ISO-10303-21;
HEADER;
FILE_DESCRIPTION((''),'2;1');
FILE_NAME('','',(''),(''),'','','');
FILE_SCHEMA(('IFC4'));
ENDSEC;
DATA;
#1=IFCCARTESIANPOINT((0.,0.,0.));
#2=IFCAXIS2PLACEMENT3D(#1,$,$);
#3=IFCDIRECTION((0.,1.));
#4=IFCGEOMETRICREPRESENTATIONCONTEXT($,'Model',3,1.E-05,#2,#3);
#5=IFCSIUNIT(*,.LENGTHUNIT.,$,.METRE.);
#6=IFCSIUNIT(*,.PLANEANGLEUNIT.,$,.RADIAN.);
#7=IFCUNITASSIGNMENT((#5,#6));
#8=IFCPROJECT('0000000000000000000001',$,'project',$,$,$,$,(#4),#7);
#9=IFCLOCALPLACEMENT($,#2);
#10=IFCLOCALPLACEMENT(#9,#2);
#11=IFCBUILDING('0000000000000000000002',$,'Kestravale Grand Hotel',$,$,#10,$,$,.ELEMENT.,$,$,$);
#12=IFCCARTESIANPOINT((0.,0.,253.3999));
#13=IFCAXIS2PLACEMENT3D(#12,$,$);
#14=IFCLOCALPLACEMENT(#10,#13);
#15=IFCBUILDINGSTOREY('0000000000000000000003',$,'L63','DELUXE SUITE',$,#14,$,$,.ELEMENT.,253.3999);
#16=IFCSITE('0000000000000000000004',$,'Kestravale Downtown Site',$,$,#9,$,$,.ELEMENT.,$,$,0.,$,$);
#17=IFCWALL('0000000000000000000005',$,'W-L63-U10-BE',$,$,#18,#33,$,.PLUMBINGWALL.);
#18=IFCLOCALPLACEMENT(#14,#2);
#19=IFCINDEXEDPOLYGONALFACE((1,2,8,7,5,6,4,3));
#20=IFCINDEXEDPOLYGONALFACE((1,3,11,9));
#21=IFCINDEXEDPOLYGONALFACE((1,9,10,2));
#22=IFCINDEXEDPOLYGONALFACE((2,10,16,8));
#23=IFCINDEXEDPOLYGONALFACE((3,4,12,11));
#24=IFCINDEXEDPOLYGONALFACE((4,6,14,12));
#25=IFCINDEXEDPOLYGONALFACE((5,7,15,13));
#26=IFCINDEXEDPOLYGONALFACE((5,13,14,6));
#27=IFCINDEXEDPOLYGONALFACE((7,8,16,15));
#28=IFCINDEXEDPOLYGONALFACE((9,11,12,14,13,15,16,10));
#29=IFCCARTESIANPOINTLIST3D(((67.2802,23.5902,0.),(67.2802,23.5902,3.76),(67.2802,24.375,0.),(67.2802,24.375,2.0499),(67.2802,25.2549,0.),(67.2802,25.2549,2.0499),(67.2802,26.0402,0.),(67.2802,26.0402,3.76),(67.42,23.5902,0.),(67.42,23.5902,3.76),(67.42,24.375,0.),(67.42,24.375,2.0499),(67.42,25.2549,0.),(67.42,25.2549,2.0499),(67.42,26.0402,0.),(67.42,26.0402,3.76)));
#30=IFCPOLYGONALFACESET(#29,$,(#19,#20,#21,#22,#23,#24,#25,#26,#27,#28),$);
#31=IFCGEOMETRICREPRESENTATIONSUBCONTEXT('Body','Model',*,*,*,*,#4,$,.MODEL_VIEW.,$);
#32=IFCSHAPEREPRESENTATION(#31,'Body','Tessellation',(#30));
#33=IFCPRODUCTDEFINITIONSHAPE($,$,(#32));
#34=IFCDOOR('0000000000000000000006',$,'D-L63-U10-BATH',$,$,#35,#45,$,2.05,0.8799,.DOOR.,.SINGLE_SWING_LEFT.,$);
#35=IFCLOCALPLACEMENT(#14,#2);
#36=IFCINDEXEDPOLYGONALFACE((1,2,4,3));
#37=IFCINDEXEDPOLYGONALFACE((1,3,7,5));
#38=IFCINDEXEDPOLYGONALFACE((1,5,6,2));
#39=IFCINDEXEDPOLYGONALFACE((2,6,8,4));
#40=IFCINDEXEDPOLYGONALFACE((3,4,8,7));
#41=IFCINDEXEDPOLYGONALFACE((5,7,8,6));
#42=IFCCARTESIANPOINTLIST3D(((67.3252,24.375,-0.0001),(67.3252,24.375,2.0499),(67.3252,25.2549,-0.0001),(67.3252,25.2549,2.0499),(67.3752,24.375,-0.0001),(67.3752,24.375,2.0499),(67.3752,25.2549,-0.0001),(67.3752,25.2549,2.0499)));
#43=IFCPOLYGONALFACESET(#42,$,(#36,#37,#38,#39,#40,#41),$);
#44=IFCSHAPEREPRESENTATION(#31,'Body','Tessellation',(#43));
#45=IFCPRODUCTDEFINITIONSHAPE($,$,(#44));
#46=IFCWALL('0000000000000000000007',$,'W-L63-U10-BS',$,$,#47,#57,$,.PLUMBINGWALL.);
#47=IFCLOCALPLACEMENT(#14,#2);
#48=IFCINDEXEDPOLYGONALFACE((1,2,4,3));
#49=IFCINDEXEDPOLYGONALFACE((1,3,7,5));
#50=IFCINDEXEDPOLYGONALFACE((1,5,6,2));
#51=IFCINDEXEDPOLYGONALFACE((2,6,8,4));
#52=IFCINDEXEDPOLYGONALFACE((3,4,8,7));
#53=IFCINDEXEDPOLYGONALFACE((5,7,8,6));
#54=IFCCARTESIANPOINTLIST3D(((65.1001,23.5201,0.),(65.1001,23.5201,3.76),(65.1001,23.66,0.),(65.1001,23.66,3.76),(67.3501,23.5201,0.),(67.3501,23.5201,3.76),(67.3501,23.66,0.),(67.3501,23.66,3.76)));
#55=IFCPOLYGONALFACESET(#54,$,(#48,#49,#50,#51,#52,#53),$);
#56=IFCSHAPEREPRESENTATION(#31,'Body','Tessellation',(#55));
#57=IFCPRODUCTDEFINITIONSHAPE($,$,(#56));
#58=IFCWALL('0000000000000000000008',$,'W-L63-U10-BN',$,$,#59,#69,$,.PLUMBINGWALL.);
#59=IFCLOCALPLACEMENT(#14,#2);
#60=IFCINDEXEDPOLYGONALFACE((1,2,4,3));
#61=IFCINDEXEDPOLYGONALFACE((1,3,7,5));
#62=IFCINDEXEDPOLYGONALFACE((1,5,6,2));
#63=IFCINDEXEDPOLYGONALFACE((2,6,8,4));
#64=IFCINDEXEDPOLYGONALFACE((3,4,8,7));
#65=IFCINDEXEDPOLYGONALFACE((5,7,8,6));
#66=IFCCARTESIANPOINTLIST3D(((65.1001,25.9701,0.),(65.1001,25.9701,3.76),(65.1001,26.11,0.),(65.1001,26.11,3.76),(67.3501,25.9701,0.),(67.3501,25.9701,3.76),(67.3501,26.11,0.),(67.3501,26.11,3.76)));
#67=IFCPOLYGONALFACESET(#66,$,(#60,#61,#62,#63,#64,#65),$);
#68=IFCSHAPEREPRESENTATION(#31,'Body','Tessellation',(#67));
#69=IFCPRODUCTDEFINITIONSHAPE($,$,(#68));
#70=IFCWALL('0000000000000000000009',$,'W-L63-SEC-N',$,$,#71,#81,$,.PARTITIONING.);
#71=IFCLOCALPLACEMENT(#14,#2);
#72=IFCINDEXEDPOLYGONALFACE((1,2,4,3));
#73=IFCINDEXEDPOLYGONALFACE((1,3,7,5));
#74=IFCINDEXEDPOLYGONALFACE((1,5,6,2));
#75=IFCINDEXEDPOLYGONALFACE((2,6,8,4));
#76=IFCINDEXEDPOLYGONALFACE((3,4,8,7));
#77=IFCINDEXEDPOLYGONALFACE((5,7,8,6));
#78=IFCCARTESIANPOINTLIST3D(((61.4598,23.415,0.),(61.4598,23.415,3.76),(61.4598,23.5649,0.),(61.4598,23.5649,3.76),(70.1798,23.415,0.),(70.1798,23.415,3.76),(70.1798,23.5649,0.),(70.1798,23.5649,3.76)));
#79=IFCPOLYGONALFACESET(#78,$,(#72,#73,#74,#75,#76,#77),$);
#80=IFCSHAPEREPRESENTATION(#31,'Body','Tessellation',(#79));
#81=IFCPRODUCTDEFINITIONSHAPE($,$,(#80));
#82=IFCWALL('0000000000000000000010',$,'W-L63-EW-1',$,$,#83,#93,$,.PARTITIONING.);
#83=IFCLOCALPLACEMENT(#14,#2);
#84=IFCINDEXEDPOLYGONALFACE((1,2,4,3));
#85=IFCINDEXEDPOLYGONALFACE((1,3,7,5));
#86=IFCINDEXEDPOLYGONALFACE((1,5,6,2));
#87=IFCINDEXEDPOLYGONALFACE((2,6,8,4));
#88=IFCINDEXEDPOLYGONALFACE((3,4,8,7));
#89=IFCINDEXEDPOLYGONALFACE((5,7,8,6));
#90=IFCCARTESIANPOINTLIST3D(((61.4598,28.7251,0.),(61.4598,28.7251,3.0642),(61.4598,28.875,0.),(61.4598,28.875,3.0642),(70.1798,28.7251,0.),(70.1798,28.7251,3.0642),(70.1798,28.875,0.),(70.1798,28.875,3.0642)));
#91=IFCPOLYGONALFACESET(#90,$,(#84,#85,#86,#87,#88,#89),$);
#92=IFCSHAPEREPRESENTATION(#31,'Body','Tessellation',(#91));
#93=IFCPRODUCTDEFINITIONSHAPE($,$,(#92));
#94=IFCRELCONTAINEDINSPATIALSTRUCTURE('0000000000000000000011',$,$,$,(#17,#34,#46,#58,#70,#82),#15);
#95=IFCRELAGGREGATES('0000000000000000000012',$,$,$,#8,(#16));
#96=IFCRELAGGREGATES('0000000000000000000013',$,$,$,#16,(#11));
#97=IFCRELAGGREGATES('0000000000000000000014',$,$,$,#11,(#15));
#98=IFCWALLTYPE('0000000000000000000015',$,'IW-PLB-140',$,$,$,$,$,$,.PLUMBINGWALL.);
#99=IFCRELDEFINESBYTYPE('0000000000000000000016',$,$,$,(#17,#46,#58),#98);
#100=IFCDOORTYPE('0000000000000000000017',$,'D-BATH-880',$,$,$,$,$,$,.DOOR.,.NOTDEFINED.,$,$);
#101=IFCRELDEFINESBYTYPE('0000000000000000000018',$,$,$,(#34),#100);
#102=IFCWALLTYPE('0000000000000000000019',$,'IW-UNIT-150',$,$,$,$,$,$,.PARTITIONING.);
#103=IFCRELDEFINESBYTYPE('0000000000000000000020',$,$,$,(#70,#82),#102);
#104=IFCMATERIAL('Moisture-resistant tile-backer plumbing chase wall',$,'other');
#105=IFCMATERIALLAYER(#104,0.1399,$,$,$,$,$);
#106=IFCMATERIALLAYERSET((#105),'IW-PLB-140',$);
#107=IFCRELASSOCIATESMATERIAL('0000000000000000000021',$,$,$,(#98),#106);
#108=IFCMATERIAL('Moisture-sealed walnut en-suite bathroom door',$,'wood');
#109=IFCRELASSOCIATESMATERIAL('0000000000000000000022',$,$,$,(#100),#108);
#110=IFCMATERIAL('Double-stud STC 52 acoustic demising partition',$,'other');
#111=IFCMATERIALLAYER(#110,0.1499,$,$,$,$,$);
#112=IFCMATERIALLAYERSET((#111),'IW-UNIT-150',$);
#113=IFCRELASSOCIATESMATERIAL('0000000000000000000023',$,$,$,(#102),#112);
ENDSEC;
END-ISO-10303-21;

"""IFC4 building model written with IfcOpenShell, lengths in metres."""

from ifc_helpers import new_model, si_unit, direction, frame, frame_2d, origin, place, context, subcontext, project, spatial, rectangle, extrude, material, layer, layer_set, type_object, element, fill, save


model = new_model("IFC4")

# Units and contexts
model_context = context("Model", 3, precision=1e-05, world=origin(), true_north=direction((0.0, 1.0)))
body_context = subcontext(model_context, "Body", "Model", "MODEL_VIEW")
ifc_project = project(units=[si_unit("LENGTHUNIT", "METRE"), si_unit("PLANEANGLEUNIT", "RADIAN")], contexts=[model_context])

# Site, building, storey
site_placement = place(None, origin())
site = spatial("IfcSite", under=ifc_project, at=site_placement, Name="Kestravale Downtown Site", CompositionType="ELEMENT", RefElevation=0.0)
building_placement = place(site_placement, origin())
building = spatial("IfcBuilding", under=site, at=building_placement, Name="Kestravale Grand Hotel", CompositionType="ELEMENT")
storey_placement = place(building_placement, frame((0.0, 0.0, 253.3999)))
storey = spatial("IfcBuildingStorey", under=building, at=storey_placement, Name="L63", Description="DELUXE SUITE", CompositionType="ELEMENT", Elevation=253.3999)

# Shared definitions
ifc_material_1 = material(Name="Moisture-resistant tile-backer plumbing chase wall", Category="other")
ifc_layer_1 = layer(ifc_material_1, 0.1399)
ifc_layer_set_1 = layer_set([ifc_layer_1], Name="IW-PLB-140")
wall_type_1 = type_object("IfcWallType", Name="IW-PLB-140", PredefinedType="PLUMBINGWALL", material=ifc_layer_set_1)

# Shared definitions
ifc_material_2 = material(Name="Moisture-sealed walnut en-suite bathroom door", Category="wood")
door_type_1 = type_object("IfcDoorType", Name="D-BATH-880", OperationType="NOTDEFINED", PredefinedType="DOOR", material=ifc_material_2)

# Wall, opening, door
wall_1_placement = place(storey_placement, frame((67.3501, 23.5901, 0.0), z_axis=(0.0, 0.0, 1.0), x_axis=(0.0, 1.0, 0.0)))
wall_1 = element("IfcWall", 1, at=wall_1_placement, inside=storey, type_object=wall_type_1, Name="W-L63-U10-BE", PredefinedType="PLUMBINGWALL", context=body_context, shape_type="SweptSolid", body=[
    extrude(rectangle(XDim=2.45, YDim=0.1399, at=frame_2d((1.2251, 0.0))), origin(), (0.0, 0.0, 1.0), 3.76),
])
opening_1_placement = place(wall_1_placement, frame((0.7849, 0.0, 0.0)))
opening_1 = element("IfcOpeningElement", 2, at=opening_1_placement, cuts=wall_1, PredefinedType="OPENING", context=body_context, shape_type="SweptSolid", body=[
    extrude(rectangle(XDim=0.8799, YDim=2.05, at=frame_2d((0.4399, 1.0249))), frame((0.0, 0.0798, 0.0), z_axis=(0.0, -1.0, 0.0), x_axis=(1.0, 0.0, 0.0)), (0.0, 0.0, 1.0), 0.1599),
])
door_1_placement = place(opening_1_placement, origin())
door_1 = element("IfcDoor", 3, at=door_1_placement, inside=storey, type_object=door_type_1, Name="D-L63-U10-BATH", OperationType="SINGLE_SWING_LEFT", OverallHeight=2.05, OverallWidth=0.8799, PredefinedType="DOOR", context=body_context, shape_type="SweptSolid", body=[
    extrude(rectangle(XDim=0.8799, YDim=2.05, at=frame_2d((0.4399, 1.0249))), frame((0.0, 0.0249, 0.0), z_axis=(0.0, -1.0, 0.0), x_axis=(1.0, 0.0, 0.0)), (0.0, 0.0, 1.0), 0.05),
])
fill(opening_1, door_1)

# Walls
for number, where, z_axis, x_axis, name in (
    (4, (65.1001, 23.5901, 0.0), (0.0, 0.0, 1.0), (1.0, 0.0, 0.0), "W-L63-U10-BS"),
    (5, (65.1001, 26.04, 0.0), (0.0, 0.0, 1.0), (1.0, 0.0, 0.0), "W-L63-U10-BN"),
):
    element("IfcWall", number, at=place(storey_placement, frame(where, z_axis=z_axis, x_axis=x_axis)), inside=storey, type_object=wall_type_1, Name=name, PredefinedType="PLUMBINGWALL", context=body_context, shape_type="SweptSolid", body=[
        extrude(rectangle(XDim=2.25, YDim=0.1399, at=frame_2d((1.125, 0.0))), origin(), (0.0, 0.0, 1.0), 3.76),
    ])
ifc_material_3 = material(Name="Double-stud STC 52 acoustic demising partition", Category="other")
ifc_layer_2 = layer(ifc_material_3, 0.1499)
ifc_layer_set_2 = layer_set([ifc_layer_2], Name="IW-UNIT-150")
wall_type_2 = type_object("IfcWallType", Name="IW-UNIT-150", PredefinedType="PARTITIONING", material=ifc_layer_set_2)
wall_2_placement = place(storey_placement, frame((61.46, 23.49, 0.0), z_axis=(0.0, 0.0, 1.0), x_axis=(1.0, 0.0, 0.0)))
element("IfcWall", 6, at=wall_2_placement, inside=storey, type_object=wall_type_2, Name="W-L63-SEC-N", PredefinedType="PARTITIONING", context=body_context, shape_type="SweptSolid", body=[
    extrude(rectangle(XDim=8.72, YDim=0.1499, at=frame_2d((4.3599, 0.0))), origin(), (0.0, 0.0, 1.0), 3.76),
])
wall_3_placement = place(storey_placement, frame((61.46, 28.8, 0.0), z_axis=(0.0, 0.0, 1.0), x_axis=(1.0, 0.0, 0.0)))
element("IfcWall", 7, at=wall_3_placement, inside=storey, type_object=wall_type_2, Name="W-L63-EW-1", PredefinedType="PARTITIONING", context=body_context, shape_type="SweptSolid", body=[
    extrude(rectangle(XDim=8.72, YDim=0.1499, at=frame_2d((4.3599, 0.0))), origin(), (0.0, 0.0, 1.0), 3.0642),
])

save(model, "model.ifc")
